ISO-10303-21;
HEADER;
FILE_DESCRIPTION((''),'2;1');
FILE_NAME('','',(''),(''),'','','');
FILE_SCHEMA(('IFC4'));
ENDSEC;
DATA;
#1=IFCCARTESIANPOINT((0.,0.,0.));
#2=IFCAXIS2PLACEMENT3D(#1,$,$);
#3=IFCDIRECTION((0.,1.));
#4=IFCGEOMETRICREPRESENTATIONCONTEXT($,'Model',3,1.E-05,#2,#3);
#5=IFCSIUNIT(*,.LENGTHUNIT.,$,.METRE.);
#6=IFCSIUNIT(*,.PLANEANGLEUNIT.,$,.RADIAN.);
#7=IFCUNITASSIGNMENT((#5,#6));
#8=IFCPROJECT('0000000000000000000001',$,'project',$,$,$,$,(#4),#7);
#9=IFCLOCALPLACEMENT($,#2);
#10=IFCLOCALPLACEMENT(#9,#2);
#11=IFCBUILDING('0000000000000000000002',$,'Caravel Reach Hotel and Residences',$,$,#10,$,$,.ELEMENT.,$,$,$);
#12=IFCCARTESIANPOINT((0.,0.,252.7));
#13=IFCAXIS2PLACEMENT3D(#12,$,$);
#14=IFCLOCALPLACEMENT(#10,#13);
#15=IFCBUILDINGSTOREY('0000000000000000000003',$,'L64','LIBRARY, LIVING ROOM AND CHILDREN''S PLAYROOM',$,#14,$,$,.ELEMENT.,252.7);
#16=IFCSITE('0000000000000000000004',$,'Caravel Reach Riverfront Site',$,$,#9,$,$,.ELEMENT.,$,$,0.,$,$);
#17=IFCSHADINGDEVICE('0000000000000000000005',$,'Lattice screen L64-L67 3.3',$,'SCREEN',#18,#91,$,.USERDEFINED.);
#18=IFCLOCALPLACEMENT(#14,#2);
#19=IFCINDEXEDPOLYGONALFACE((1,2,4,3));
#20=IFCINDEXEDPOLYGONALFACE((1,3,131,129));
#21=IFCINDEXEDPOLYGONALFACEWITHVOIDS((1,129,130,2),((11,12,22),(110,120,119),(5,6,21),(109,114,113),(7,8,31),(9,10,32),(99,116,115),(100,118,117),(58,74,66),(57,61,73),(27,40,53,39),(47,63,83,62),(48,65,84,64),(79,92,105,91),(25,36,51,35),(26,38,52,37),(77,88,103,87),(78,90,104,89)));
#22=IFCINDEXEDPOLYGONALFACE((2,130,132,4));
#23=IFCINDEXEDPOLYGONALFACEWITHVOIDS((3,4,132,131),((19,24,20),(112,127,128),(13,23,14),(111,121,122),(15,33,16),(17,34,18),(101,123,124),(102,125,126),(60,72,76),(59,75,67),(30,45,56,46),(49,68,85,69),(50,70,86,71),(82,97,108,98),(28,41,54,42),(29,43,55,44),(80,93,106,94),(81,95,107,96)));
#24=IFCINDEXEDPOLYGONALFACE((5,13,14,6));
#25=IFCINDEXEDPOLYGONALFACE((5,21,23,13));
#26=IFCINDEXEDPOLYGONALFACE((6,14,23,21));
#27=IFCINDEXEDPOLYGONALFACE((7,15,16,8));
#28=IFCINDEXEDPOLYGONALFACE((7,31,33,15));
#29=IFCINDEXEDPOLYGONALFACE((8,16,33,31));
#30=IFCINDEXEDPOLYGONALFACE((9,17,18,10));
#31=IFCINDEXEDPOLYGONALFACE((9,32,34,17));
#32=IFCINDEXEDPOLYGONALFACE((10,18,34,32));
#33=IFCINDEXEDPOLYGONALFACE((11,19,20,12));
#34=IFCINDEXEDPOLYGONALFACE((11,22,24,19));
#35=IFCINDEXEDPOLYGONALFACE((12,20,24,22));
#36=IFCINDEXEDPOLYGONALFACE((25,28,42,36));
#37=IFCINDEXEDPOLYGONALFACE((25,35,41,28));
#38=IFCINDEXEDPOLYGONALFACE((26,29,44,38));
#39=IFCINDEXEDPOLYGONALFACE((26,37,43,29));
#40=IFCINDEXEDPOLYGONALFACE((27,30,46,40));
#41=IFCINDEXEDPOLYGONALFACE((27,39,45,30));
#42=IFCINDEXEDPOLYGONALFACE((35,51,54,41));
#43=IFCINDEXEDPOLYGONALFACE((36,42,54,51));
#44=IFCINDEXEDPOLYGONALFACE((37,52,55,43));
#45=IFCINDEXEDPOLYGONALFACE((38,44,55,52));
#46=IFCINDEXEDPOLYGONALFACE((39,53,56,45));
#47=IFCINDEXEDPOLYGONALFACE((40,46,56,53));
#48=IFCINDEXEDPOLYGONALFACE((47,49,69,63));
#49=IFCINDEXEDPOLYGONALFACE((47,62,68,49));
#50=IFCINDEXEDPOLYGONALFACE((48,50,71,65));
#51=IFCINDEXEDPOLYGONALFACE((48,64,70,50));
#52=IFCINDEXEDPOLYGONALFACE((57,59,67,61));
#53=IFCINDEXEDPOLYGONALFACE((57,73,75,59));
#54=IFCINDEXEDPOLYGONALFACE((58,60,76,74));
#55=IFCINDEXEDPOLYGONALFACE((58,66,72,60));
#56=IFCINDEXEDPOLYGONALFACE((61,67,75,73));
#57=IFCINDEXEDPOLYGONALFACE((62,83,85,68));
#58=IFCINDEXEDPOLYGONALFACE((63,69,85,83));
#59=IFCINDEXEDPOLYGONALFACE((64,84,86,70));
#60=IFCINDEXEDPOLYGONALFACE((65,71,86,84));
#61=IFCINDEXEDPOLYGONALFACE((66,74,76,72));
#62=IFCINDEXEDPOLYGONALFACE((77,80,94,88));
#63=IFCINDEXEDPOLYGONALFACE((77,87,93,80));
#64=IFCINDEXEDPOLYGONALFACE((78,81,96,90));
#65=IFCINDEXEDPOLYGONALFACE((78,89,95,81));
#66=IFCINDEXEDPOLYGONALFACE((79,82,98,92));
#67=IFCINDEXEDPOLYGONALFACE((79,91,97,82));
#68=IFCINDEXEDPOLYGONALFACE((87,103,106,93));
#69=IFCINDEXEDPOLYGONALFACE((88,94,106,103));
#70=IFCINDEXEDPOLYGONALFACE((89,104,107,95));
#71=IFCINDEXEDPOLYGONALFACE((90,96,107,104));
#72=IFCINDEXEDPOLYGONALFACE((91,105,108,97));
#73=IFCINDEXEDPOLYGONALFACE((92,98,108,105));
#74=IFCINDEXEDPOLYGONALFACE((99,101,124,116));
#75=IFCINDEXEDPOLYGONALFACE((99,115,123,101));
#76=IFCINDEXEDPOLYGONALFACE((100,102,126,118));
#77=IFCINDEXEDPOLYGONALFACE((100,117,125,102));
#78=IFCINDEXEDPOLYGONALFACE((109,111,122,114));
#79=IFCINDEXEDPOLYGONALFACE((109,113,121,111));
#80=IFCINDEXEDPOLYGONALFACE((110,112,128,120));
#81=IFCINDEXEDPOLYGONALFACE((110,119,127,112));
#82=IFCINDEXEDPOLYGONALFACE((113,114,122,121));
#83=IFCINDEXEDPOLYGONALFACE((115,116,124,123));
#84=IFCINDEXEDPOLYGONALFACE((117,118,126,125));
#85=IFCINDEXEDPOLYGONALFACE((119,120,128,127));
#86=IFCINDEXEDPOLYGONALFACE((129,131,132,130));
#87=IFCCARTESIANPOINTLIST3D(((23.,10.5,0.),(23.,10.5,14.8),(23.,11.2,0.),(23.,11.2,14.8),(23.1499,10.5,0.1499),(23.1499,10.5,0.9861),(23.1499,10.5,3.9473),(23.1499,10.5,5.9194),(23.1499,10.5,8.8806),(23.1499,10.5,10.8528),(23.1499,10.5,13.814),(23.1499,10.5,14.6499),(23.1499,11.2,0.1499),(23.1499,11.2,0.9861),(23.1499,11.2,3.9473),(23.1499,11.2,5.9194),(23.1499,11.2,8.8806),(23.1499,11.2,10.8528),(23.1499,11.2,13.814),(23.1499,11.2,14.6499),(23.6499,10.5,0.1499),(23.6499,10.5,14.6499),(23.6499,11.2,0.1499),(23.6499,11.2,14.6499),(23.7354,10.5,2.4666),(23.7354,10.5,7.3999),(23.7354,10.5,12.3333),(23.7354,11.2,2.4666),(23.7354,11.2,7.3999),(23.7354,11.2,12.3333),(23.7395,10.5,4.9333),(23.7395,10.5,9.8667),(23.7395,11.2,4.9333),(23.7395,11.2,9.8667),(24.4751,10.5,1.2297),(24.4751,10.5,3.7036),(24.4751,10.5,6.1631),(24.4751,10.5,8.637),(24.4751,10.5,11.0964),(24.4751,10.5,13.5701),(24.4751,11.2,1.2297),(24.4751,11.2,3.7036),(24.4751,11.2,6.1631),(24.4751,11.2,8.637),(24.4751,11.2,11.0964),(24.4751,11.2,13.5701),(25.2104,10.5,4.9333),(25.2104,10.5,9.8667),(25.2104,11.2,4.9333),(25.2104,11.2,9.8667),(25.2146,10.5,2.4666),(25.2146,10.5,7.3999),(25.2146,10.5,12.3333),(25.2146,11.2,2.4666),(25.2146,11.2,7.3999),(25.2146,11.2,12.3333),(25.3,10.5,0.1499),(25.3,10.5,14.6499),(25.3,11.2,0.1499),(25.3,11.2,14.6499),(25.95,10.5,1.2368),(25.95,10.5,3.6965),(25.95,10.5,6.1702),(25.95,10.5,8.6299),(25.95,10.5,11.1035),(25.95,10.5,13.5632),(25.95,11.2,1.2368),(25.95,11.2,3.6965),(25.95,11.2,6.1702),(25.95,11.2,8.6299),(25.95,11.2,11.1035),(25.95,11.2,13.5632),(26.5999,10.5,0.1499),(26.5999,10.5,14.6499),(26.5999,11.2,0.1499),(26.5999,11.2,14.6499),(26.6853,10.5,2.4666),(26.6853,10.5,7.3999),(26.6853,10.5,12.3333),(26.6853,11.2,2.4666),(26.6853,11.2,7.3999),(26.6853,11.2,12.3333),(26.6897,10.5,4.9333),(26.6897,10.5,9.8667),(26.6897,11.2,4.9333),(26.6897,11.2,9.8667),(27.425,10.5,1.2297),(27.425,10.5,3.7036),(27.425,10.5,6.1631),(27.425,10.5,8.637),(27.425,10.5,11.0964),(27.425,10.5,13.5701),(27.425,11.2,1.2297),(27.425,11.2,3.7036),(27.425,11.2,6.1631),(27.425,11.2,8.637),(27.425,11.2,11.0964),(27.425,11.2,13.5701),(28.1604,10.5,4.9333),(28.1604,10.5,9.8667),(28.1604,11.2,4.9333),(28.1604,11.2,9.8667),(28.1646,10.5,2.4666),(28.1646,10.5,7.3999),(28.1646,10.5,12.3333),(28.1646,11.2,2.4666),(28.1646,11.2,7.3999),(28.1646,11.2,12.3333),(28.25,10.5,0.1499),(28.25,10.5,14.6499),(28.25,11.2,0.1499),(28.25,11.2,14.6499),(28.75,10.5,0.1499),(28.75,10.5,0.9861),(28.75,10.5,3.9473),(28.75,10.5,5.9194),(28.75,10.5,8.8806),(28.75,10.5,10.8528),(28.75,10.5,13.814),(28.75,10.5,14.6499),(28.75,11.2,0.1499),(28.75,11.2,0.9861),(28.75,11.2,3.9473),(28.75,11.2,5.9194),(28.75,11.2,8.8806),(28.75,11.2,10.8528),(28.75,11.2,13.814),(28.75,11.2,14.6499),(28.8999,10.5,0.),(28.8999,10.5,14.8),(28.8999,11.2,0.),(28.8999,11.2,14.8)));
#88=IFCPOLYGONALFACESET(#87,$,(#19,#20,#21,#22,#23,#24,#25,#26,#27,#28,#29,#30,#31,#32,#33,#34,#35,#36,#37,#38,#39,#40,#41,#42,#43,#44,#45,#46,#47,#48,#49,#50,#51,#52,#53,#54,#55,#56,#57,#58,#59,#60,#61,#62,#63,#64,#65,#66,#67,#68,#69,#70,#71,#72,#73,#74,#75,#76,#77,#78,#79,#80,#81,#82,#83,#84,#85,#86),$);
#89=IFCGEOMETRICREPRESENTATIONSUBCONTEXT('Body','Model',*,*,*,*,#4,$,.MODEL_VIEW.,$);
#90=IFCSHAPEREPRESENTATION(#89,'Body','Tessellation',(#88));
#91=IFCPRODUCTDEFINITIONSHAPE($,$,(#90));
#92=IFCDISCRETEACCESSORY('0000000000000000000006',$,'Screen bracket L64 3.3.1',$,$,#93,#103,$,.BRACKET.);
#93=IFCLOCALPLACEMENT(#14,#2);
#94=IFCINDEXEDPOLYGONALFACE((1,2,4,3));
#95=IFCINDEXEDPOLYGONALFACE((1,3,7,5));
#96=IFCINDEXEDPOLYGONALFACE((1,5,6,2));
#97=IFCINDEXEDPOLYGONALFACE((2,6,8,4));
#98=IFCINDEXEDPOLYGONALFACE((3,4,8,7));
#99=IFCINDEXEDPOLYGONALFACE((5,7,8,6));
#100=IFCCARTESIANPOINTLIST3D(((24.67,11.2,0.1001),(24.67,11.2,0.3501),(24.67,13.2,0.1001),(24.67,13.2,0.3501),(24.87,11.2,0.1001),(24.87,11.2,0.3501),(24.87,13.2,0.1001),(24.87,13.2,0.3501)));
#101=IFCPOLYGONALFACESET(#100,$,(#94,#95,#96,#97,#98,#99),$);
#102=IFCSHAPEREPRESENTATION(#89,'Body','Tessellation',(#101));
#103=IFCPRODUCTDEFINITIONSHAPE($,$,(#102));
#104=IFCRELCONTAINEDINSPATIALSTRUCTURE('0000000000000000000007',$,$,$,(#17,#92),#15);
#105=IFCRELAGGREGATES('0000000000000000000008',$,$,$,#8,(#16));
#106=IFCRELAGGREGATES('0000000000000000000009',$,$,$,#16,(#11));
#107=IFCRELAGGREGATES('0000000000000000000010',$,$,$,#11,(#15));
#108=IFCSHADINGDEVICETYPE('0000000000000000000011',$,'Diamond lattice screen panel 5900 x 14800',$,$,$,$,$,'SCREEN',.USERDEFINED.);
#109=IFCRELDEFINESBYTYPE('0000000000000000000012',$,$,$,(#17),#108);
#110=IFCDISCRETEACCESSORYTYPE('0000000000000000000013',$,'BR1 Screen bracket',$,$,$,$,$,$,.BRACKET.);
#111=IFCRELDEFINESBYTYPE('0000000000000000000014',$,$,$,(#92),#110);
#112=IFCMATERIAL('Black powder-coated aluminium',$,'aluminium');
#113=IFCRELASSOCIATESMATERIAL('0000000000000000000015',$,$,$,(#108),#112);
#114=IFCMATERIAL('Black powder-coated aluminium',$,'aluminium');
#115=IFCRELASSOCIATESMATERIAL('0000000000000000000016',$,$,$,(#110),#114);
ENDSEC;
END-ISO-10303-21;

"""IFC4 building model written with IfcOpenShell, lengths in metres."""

from ifc_helpers import new_model, si_unit, direction, frame, origin, origin_2d, place, context, subcontext, project, spatial, polyline, rectangle, outline, extrude, material, type_object, element, save


model = new_model("IFC4")

# Units and contexts
model_context = context("Model", 3, precision=1e-05, world=origin(), true_north=direction((0.0, 1.0)))
body_context = subcontext(model_context, "Body", "Model", "MODEL_VIEW")
ifc_project = project(units=[si_unit("LENGTHUNIT", "METRE"), si_unit("PLANEANGLEUNIT", "RADIAN")], contexts=[model_context])

# Site, building, storey
site_placement = place(None, origin())
site = spatial("IfcSite", under=ifc_project, at=site_placement, Name="Caravel Reach Riverfront Site", CompositionType="ELEMENT", RefElevation=0.0)
building_placement = place(site_placement, origin())
building = spatial("IfcBuilding", under=site, at=building_placement, Name="Caravel Reach Hotel and Residences", CompositionType="ELEMENT")
storey_placement = place(building_placement, frame((0.0, 0.0, 252.7)))
storey = spatial("IfcBuildingStorey", under=building, at=storey_placement, Name="L64", Description="LIBRARY, LIVING ROOM AND CHILDREN'S PLAYROOM", CompositionType="ELEMENT", Elevation=252.7)

# Shading device
ifc_material_1 = material(Name="Black powder-coated aluminium", Category="aluminium")
shading_device_type = type_object("IfcShadingDeviceType", Name="Diamond lattice screen panel 5900 x 14800", ElementType="SCREEN", PredefinedType="USERDEFINED", material=ifc_material_1)
shading_device_placement = place(storey_placement, frame((23.0, 11.2, 0.0), z_axis=(0.0, -1.0, 0.0), x_axis=(1.0, 0.0, 0.0)))
element("IfcShadingDevice", 1, at=shading_device_placement, inside=storey, type_object=shading_device_type, Name="Lattice screen L64-L67 3.3", ObjectType="SCREEN", PredefinedType="USERDEFINED", context=body_context, shape_type="SweptSolid", body=[
    extrude(outline(polyline([(0.0, 0.0), (5.8999, 0.0), (5.8999, 14.8), (0.0, 14.8), (0.0, 0.0)]), holes=[polyline([(0.6499, 0.1499), (0.1499, 0.9861), (0.1499, 0.1499), (0.6499, 0.1499)]), polyline([(0.7395, 4.9333), (0.1499, 5.9194), (0.1499, 3.9473), (0.7395, 4.9333)]), polyline([(0.7395, 9.8667), (0.1499, 10.8528), (0.1499, 8.8806), (0.7395, 9.8667)]), polyline([(0.1499, 13.814), (0.6499, 14.6499), (0.1499, 14.6499), (0.1499, 13.814)]), polyline([(1.4751, 3.7036), (0.7354, 2.4666), (1.4751, 1.2297), (2.2146, 2.4666), (1.4751, 3.7036)]), polyline([(1.4751, 8.637), (0.7354, 7.3999), (1.4751, 6.1631), (2.2146, 7.3999), (1.4751, 8.637)]), polyline([(1.4751, 13.5701), (0.7354, 12.3333), (1.4751, 11.0964), (2.2146, 12.3333), (1.4751, 13.5701)]), polyline([(2.95, 1.2368), (2.3, 0.1499), (3.5999, 0.1499), (2.95, 1.2368)]), polyline([(2.95, 6.1702), (2.2104, 4.9333), (2.95, 3.6965), (3.6897, 4.9333), (2.95, 6.1702)]), polyline([(2.95, 11.1035), (2.2104, 9.8667), (2.95, 8.6299), (3.6897, 9.8667), (2.95, 11.1035)]), polyline([(2.95, 13.5632), (3.5999, 14.6499), (2.3, 14.6499), (2.95, 13.5632)]), polyline([(4.425, 3.7036), (3.6853, 2.4666), (4.425, 1.2297), (5.1646, 2.4666), (4.425, 3.7036)]), polyline([(4.425, 8.637), (3.6853, 7.3999), (4.425, 6.1631), (5.1646, 7.3999), (4.425, 8.637)]), polyline([(4.425, 13.5701), (3.6853, 12.3333), (4.425, 11.0964), (5.1646, 12.3333), (4.425, 13.5701)]), polyline([(5.75, 0.9861), (5.25, 0.1499), (5.75, 0.1499), (5.75, 0.9861)]), polyline([(5.1604, 4.9333), (5.75, 3.9473), (5.75, 5.9194), (5.1604, 4.9333)]), polyline([(5.1604, 9.8667), (5.75, 8.8806), (5.75, 10.8528), (5.1604, 9.8667)]), polyline([(5.25, 14.6499), (5.75, 13.814), (5.75, 14.6499), (5.25, 14.6499)])]), origin(), (0.0, 0.0, 1.0), 0.7),
])

# Discrete accessory
ifc_material_2 = material(Name="Black powder-coated aluminium", Category="aluminium")
discrete_accessory_type = type_object("IfcDiscreteAccessoryType", Name="BR1 Screen bracket", PredefinedType="BRACKET", material=ifc_material_2)
discrete_accessory_placement = place(storey_placement, frame((24.77, 12.2, 0.1001), z_axis=(0.0, 0.0, 1.0), x_axis=(0.0, -1.0, 0.0)))
element("IfcDiscreteAccessory", 2, at=discrete_accessory_placement, inside=storey, type_object=discrete_accessory_type, Name="Screen bracket L64 3.3.1", PredefinedType="BRACKET", context=body_context, shape_type="SweptSolid", body=[
    extrude(rectangle(XDim=2.0, YDim=0.2, at=origin_2d()), origin(), (0.0, 0.0, 1.0), 0.25),
])

save(model, "model.ifc")
